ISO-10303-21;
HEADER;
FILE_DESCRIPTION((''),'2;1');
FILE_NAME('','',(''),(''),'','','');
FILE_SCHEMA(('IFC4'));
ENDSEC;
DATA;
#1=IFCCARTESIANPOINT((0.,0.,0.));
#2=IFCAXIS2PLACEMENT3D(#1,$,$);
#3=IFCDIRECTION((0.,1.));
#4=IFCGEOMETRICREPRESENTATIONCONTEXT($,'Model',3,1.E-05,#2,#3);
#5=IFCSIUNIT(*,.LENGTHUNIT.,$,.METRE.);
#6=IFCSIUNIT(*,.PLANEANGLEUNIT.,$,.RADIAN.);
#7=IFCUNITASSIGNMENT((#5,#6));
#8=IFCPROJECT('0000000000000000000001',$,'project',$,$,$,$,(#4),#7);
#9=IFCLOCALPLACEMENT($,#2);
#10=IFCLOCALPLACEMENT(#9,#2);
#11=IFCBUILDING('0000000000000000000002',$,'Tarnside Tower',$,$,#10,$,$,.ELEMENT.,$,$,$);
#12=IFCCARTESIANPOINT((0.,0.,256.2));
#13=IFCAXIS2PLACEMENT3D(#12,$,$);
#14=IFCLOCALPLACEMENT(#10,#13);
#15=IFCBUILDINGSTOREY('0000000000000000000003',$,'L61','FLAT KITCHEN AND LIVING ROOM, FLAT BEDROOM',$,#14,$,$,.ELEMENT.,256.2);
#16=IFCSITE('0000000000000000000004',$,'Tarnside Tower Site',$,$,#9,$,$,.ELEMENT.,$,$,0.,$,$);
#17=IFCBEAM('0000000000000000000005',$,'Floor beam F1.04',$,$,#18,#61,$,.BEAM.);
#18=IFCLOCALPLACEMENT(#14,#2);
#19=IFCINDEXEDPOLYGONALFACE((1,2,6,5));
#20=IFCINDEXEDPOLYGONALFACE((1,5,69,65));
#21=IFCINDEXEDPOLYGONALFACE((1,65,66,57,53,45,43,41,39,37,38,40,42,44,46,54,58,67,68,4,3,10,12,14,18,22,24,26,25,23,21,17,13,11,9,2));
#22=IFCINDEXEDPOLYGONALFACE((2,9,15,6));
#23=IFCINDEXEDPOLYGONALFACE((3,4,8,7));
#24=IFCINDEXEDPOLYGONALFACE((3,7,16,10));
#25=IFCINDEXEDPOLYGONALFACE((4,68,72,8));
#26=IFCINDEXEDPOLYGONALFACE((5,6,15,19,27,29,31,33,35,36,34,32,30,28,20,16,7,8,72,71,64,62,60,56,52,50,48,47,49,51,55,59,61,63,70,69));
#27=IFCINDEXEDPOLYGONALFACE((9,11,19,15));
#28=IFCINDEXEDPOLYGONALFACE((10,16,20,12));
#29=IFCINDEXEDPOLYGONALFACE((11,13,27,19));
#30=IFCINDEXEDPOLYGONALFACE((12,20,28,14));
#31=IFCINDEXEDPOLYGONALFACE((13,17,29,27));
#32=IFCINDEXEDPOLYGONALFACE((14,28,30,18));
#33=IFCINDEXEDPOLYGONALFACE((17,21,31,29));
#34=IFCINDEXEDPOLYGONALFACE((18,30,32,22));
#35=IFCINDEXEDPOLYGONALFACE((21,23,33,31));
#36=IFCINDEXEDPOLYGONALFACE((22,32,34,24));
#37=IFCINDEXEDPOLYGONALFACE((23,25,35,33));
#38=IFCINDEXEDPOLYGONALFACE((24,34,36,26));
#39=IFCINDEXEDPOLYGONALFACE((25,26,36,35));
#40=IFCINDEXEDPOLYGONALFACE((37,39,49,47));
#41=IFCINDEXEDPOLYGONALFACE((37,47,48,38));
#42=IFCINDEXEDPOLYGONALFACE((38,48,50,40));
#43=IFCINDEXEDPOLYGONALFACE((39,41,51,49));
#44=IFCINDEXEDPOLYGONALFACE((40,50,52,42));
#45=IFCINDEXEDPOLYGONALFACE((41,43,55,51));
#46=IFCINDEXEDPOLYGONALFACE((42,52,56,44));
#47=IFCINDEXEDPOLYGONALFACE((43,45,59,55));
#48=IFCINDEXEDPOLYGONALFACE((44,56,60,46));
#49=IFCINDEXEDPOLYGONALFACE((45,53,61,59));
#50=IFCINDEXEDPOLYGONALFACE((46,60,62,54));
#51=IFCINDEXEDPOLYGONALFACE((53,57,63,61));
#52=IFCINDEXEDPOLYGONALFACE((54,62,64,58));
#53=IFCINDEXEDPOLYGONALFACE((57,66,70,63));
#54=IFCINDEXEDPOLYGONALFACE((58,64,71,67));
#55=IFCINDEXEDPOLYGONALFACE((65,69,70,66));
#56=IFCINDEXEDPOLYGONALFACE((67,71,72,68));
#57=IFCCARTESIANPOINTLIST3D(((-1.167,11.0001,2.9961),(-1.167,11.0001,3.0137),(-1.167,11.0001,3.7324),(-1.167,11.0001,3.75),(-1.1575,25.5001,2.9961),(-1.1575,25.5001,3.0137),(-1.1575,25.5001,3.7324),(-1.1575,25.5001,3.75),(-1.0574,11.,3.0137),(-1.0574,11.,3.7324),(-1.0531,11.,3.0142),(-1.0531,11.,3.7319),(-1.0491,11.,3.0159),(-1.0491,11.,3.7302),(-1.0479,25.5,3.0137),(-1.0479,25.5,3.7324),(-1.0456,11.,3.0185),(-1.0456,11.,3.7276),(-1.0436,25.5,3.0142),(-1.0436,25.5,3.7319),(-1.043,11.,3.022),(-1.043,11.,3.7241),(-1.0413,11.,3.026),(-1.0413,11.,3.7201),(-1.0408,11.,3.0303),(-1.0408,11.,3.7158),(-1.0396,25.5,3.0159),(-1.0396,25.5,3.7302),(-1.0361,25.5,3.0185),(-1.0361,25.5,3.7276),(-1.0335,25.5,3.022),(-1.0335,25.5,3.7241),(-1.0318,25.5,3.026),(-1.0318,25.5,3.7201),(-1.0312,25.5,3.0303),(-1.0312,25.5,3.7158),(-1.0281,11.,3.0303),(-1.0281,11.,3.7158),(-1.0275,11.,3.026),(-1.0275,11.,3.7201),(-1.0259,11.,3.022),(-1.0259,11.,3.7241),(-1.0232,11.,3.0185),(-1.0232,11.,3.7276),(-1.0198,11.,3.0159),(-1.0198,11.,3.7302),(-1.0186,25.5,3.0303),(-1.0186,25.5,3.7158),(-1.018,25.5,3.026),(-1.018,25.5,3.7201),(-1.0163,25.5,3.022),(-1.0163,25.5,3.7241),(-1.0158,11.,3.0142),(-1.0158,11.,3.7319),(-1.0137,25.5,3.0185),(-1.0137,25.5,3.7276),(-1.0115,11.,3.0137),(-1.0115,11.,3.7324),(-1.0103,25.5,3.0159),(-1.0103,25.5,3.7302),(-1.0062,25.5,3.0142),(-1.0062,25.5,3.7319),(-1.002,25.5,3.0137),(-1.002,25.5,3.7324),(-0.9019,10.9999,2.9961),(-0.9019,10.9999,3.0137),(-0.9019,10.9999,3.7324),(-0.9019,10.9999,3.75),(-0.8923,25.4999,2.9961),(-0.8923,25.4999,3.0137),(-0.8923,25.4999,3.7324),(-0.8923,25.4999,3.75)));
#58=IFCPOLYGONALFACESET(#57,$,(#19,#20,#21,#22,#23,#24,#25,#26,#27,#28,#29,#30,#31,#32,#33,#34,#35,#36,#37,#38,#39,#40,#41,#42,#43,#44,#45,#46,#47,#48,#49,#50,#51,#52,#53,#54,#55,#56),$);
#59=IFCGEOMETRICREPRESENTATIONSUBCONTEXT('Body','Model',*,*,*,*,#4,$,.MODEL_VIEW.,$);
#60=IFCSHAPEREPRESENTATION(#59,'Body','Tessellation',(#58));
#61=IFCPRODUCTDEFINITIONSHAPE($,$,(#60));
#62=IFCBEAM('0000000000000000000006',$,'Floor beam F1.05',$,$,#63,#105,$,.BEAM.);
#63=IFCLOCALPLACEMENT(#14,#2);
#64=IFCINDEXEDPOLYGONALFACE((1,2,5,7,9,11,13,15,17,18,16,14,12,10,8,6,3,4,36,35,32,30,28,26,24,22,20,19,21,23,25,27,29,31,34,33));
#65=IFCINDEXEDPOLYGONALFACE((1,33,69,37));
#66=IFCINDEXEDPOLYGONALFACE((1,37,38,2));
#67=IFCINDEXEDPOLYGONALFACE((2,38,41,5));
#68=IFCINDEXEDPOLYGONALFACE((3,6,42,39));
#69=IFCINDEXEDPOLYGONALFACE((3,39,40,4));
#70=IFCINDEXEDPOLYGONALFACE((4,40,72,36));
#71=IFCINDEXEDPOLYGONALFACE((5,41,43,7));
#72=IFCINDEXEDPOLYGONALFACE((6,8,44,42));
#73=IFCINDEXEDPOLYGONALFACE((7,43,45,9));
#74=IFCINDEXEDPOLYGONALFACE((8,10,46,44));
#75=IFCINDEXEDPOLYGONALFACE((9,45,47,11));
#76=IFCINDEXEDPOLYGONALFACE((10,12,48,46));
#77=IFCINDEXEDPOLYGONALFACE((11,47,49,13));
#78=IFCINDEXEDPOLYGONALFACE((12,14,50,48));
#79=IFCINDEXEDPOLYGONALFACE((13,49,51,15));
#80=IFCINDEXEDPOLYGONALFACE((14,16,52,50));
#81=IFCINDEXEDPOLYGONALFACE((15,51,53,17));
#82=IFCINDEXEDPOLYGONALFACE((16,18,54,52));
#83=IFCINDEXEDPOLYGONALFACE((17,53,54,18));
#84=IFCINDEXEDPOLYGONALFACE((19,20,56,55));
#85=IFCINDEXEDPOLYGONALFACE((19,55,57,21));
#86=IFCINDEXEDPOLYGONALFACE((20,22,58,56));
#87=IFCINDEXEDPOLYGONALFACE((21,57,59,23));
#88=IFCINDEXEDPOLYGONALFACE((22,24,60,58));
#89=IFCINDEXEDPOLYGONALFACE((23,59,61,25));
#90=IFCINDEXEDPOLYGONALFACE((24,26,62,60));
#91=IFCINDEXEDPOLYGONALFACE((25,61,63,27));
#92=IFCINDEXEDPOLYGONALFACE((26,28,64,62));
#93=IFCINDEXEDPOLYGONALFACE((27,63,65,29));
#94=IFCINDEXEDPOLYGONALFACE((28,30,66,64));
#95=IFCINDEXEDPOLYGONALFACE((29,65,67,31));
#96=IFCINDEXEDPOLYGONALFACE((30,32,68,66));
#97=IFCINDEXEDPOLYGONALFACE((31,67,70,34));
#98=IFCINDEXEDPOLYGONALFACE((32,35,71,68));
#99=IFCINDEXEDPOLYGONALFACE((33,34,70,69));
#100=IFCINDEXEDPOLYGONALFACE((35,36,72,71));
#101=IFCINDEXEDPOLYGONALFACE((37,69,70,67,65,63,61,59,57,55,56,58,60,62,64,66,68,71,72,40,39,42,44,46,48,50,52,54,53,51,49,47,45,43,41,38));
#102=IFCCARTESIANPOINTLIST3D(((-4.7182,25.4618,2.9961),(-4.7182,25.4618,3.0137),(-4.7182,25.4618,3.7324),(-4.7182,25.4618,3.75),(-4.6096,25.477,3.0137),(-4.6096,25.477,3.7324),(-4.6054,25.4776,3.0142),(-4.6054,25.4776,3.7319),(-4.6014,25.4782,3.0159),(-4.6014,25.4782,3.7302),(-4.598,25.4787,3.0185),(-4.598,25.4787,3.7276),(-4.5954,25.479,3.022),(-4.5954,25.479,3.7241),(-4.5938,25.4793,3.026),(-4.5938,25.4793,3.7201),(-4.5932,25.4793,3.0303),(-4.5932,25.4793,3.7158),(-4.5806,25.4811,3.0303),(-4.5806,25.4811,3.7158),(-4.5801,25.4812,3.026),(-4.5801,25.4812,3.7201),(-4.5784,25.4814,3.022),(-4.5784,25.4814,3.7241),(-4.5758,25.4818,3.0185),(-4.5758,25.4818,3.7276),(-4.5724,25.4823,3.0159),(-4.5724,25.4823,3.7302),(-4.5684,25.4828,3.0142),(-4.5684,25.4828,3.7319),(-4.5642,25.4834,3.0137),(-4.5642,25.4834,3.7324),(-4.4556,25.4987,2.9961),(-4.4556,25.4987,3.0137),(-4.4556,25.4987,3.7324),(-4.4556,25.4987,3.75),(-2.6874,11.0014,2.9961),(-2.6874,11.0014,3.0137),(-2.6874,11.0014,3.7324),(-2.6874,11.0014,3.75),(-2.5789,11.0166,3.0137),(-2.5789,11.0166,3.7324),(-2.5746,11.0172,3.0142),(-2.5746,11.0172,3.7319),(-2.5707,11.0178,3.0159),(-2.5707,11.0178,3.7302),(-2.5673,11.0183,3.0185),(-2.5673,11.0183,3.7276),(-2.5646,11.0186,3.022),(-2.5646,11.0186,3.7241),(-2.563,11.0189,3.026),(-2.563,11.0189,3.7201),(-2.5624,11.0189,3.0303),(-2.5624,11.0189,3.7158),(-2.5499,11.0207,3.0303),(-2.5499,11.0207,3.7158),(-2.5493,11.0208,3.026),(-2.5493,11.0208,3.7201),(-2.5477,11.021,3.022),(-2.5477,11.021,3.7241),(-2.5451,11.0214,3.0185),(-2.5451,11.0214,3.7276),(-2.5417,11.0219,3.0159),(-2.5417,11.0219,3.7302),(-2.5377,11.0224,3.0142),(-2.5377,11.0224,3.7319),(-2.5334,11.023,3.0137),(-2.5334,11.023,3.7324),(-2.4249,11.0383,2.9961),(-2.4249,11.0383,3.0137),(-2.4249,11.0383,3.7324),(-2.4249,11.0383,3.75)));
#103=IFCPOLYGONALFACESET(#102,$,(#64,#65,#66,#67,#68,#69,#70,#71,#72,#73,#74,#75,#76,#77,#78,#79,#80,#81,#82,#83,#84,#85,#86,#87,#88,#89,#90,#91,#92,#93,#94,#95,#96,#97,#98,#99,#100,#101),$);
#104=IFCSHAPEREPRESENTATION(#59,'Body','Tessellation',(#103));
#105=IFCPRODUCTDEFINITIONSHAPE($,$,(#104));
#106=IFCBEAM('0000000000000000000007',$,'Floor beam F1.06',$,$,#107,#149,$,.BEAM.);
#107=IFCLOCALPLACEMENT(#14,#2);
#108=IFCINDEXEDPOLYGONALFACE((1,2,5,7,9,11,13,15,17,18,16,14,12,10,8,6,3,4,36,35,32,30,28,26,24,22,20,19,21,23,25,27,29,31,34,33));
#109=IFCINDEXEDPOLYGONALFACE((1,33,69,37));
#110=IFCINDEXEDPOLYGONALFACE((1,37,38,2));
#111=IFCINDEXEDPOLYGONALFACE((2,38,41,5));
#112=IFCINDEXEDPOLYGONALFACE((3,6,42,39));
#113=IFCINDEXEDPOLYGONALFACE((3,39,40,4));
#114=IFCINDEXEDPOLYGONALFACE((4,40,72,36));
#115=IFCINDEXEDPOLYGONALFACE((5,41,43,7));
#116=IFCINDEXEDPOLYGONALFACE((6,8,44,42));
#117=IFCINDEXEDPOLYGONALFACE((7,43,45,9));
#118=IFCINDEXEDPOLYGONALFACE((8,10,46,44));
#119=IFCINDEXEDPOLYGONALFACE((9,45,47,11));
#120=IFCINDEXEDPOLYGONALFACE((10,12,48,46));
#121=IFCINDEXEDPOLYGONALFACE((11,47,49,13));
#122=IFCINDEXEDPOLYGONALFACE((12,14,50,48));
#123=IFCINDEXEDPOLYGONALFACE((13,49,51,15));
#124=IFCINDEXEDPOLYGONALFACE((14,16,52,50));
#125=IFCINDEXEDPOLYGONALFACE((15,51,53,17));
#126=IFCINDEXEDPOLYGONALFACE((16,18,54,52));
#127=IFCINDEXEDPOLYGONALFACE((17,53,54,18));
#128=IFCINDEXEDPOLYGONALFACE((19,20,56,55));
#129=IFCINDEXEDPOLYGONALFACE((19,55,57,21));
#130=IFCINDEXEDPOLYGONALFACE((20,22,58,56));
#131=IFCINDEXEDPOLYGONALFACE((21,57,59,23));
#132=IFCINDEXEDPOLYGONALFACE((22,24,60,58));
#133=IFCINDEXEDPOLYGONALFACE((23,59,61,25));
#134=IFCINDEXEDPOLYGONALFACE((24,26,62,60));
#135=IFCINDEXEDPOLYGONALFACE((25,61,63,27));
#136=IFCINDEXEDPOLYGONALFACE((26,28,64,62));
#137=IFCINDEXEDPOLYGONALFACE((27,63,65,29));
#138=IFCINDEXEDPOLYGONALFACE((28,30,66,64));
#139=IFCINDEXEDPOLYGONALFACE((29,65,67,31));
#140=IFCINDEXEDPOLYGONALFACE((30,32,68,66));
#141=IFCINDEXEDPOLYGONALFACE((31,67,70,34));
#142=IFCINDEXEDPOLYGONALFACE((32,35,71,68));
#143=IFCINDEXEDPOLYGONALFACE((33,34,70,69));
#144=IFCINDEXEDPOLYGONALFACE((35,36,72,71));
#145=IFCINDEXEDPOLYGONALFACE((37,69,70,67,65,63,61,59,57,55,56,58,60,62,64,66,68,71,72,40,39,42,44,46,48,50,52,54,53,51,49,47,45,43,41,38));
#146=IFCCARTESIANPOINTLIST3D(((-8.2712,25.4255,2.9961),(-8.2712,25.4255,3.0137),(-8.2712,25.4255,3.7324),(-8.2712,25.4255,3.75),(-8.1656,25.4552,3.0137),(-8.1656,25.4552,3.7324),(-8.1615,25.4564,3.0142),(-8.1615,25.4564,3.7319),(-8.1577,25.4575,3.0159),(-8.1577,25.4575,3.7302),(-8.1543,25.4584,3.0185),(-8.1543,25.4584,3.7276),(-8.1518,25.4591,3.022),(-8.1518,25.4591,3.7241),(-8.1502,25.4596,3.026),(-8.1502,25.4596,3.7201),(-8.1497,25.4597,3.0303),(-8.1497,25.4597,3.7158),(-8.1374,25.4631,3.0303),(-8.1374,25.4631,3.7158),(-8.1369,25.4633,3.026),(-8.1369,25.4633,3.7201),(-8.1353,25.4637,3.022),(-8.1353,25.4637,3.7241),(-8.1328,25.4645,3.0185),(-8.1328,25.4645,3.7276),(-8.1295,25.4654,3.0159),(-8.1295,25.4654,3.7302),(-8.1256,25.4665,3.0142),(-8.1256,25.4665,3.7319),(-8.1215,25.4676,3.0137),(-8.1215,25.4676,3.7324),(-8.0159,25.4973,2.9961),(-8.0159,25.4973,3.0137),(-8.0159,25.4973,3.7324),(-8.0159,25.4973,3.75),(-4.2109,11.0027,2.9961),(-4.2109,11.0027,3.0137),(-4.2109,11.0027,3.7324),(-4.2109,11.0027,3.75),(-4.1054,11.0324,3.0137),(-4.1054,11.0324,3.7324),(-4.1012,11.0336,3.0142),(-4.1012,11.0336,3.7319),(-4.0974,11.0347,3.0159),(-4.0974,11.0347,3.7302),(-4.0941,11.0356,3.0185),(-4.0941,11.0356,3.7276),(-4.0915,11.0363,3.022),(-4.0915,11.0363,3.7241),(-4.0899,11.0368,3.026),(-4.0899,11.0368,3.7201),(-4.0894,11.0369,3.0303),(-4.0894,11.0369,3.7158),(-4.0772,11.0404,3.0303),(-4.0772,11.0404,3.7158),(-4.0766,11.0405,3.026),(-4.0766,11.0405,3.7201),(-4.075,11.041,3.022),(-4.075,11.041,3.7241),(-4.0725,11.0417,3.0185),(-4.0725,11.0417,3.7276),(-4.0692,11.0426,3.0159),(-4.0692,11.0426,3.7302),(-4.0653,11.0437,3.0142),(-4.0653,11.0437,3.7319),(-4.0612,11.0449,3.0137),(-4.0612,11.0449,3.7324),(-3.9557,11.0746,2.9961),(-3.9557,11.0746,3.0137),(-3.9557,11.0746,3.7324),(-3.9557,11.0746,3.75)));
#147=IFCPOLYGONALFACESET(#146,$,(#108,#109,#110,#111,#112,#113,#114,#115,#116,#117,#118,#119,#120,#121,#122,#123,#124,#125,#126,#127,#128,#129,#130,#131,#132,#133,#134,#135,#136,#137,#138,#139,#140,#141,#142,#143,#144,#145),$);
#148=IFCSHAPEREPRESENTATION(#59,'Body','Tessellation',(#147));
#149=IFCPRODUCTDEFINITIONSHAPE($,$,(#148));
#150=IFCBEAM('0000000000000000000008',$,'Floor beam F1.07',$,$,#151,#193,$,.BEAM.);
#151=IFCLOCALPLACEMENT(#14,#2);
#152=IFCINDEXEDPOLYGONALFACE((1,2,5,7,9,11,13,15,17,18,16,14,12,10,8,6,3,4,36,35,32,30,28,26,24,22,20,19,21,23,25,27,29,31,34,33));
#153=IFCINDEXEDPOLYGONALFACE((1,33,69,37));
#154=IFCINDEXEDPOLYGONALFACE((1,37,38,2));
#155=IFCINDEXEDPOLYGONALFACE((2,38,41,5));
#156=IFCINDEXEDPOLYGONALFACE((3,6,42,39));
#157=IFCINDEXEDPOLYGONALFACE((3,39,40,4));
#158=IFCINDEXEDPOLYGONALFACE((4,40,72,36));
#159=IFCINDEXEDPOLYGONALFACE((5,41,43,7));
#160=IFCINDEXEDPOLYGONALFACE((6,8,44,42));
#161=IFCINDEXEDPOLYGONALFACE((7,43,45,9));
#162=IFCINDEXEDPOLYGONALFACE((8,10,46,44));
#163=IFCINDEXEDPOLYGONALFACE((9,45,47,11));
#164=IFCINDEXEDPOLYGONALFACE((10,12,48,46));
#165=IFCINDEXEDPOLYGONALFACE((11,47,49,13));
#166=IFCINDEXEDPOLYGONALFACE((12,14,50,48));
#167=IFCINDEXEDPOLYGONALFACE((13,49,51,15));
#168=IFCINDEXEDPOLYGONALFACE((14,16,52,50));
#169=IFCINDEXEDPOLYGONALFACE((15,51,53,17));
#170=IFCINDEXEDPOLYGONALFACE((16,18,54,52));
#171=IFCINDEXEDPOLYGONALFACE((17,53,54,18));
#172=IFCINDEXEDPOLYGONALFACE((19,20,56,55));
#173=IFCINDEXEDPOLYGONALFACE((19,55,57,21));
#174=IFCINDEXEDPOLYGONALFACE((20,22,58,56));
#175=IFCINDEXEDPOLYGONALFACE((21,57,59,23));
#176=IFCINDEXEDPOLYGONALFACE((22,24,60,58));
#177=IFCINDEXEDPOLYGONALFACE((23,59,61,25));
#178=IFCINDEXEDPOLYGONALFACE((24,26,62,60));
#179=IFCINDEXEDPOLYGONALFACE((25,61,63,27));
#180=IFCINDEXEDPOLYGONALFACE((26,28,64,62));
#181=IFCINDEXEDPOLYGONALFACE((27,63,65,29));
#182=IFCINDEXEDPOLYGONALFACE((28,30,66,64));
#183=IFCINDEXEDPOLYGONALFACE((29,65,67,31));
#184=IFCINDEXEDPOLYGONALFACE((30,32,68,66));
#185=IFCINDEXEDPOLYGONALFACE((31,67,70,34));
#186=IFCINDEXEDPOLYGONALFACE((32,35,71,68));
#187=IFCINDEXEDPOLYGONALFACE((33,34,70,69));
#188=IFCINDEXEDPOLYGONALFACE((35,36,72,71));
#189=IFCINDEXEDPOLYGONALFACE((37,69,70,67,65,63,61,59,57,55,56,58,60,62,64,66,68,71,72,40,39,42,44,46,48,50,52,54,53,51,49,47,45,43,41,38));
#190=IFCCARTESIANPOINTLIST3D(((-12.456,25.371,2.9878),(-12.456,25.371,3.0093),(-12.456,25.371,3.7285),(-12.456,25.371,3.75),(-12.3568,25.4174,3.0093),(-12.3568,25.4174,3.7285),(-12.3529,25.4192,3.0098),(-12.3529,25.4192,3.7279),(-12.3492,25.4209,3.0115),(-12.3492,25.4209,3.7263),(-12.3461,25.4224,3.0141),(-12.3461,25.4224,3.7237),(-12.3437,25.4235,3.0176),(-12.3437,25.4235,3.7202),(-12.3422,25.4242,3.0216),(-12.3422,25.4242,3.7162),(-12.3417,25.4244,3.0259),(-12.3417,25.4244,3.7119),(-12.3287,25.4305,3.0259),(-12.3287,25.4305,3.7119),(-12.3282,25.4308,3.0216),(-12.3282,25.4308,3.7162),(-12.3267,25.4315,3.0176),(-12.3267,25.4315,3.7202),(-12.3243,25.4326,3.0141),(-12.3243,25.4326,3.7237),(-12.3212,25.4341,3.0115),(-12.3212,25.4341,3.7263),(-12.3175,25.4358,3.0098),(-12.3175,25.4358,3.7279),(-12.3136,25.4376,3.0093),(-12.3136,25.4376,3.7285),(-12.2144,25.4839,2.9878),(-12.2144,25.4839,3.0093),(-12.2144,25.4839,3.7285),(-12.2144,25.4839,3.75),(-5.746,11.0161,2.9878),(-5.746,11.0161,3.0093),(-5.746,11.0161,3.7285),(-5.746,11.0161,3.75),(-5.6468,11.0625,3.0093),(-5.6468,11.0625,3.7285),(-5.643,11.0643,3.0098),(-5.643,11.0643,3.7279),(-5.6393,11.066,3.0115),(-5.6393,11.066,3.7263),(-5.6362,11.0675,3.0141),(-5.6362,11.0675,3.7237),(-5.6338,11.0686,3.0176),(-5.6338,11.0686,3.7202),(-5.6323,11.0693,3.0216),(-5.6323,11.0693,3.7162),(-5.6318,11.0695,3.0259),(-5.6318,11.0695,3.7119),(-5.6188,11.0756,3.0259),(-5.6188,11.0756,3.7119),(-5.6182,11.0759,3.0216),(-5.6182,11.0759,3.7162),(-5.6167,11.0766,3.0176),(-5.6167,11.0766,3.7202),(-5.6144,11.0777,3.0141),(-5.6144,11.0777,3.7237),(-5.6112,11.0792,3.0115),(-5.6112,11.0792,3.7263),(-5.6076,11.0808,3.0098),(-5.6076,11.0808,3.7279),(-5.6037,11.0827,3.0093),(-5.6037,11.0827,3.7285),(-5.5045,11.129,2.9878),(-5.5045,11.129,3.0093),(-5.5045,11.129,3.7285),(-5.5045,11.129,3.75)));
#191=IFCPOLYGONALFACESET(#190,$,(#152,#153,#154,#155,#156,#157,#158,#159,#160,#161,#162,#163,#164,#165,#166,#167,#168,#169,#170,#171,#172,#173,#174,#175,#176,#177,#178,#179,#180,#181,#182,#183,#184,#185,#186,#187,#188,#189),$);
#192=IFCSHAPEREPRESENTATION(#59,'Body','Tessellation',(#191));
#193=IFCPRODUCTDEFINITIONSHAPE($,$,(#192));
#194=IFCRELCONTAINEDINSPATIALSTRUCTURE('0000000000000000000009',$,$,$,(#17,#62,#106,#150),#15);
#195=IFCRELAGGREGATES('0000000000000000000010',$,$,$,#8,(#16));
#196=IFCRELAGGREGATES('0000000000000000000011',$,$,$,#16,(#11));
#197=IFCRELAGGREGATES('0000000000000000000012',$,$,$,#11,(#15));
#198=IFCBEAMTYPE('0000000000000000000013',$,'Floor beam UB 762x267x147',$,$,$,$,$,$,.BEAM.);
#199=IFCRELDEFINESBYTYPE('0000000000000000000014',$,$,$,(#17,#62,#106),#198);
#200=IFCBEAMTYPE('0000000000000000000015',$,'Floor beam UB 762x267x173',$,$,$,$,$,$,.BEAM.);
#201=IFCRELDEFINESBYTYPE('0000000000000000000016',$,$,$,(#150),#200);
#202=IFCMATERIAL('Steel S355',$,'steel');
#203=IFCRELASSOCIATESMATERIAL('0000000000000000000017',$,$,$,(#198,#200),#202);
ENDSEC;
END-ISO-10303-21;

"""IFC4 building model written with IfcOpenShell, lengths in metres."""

from ifc_helpers import new_model, si_unit, direction, frame, origin, origin_2d, place, context, subcontext, project, spatial, i_section, extrude, material, material_profile, profile_set, type_object, element, save


model = new_model("IFC4")

# Units and contexts
model_context = context("Model", 3, precision=1e-05, world=origin(), true_north=direction((0.0, 1.0)))
body_context = subcontext(model_context, "Body", "Model", "MODEL_VIEW")
ifc_project = project(units=[si_unit("LENGTHUNIT", "METRE"), si_unit("PLANEANGLEUNIT", "RADIAN")], contexts=[model_context])

# Site, building, storey
site_placement = place(None, origin())
site = spatial("IfcSite", under=ifc_project, at=site_placement, Name="Tarnside Tower Site", CompositionType="ELEMENT", RefElevation=0.0)
building_placement = place(site_placement, origin())
building = spatial("IfcBuilding", under=site, at=building_placement, Name="Tarnside Tower", CompositionType="ELEMENT")
storey_placement = place(building_placement, frame((0.0, 0.0, 256.2)))
storey = spatial("IfcBuildingStorey", under=building, at=storey_placement, Name="L61", Description="FLAT KITCHEN AND LIVING ROOM, FLAT BEDROOM", CompositionType="ELEMENT", Elevation=256.2)

# Beams
ifc_material_1 = material(Name="Steel S355", Category="steel")
ifc_material_profile_1 = material_profile(ifc_material_1, i_section(OverallWidth=0.2651, OverallDepth=0.7539, WebThickness=0.0127, FlangeThickness=0.0176, FilletRadius=0.0166, at=origin_2d()), Name="UB 762x267x147")
ifc_profile_set_1 = profile_set([ifc_material_profile_1], Name="Steel S355")
beam_type_1 = type_object("IfcBeamType", Name="Floor beam UB 762x267x147", PredefinedType="BEAM", material=ifc_profile_set_1)
beam_1_placement = place(storey_placement, frame((-1.0249, 25.5, 3.373), z_axis=(-0.000657, -1.0, 0.0), x_axis=(1.0, -0.000657, 0.0)))
element("IfcBeam", 1, at=beam_1_placement, inside=storey, type_object=beam_type_1, Name="Floor beam F1.04", PredefinedType="BEAM", context=body_context, shape_type="SweptSolid", body=[
    extrude(i_section(OverallWidth=0.2651, OverallDepth=0.7539, WebThickness=0.0127, FlangeThickness=0.0176, FilletRadius=0.0166, at=origin_2d()), origin(), (0.0, 0.0, 1.0), 14.5),
])
beam_2_placement = place(storey_placement, frame((-4.5869, 25.4802, 3.373), z_axis=(0.139071, -0.990282, 0.0), x_axis=(0.990282, 0.139071, 0.0)))
element("IfcBeam", 2, at=beam_2_placement, inside=storey, type_object=beam_type_1, Name="Floor beam F1.05", PredefinedType="BEAM", context=body_context, shape_type="SweptSolid", body=[
    extrude(i_section(OverallWidth=0.2651, OverallDepth=0.7539, WebThickness=0.0127, FlangeThickness=0.0176, FilletRadius=0.0166, at=origin_2d()), origin(), (0.0, 0.0, 1.0), 14.6023),
])
beam_3_placement = place(storey_placement, frame((-8.1436, 25.4614, 3.373), z_axis=(0.270985, -0.962583, 0.0), x_axis=(0.962583, 0.270985, 0.0)))
element("IfcBeam", 3, at=beam_3_placement, inside=storey, type_object=beam_type_1, Name="Floor beam F1.06", PredefinedType="BEAM", context=body_context, shape_type="SweptSolid", body=[
    extrude(i_section(OverallWidth=0.2651, OverallDepth=0.7539, WebThickness=0.0127, FlangeThickness=0.0176, FilletRadius=0.0166, at=origin_2d()), origin(), (0.0, 0.0, 1.0), 14.9834),
])
ifc_material_profile_2 = material_profile(ifc_material_1, i_section(OverallWidth=0.2666, OverallDepth=0.7622, WebThickness=0.0144, FlangeThickness=0.0215, FilletRadius=0.0166, at=origin_2d()), Name="UB 762x267x173")
ifc_profile_set_2 = profile_set([ifc_material_profile_2], Name="Steel S355")
beam_type_2 = type_object("IfcBeamType", Name="Floor beam UB 762x267x173", PredefinedType="BEAM", material=ifc_profile_set_2)
beam_4_placement = place(storey_placement, frame((-12.3352, 25.4275, 3.3689), z_axis=(0.423454, -0.905918, 0.0), x_axis=(0.905918, 0.423454, 0.0)))
element("IfcBeam", 4, at=beam_4_placement, inside=storey, type_object=beam_type_2, Name="Floor beam F1.07", PredefinedType="BEAM", context=body_context, shape_type="SweptSolid", body=[
    extrude(i_section(OverallWidth=0.2666, OverallDepth=0.7622, WebThickness=0.0144, FlangeThickness=0.0215, FilletRadius=0.0166, at=origin_2d()), origin(), (0.0, 0.0, 1.0), 15.8457),
])

save(model, "model.ifc")
